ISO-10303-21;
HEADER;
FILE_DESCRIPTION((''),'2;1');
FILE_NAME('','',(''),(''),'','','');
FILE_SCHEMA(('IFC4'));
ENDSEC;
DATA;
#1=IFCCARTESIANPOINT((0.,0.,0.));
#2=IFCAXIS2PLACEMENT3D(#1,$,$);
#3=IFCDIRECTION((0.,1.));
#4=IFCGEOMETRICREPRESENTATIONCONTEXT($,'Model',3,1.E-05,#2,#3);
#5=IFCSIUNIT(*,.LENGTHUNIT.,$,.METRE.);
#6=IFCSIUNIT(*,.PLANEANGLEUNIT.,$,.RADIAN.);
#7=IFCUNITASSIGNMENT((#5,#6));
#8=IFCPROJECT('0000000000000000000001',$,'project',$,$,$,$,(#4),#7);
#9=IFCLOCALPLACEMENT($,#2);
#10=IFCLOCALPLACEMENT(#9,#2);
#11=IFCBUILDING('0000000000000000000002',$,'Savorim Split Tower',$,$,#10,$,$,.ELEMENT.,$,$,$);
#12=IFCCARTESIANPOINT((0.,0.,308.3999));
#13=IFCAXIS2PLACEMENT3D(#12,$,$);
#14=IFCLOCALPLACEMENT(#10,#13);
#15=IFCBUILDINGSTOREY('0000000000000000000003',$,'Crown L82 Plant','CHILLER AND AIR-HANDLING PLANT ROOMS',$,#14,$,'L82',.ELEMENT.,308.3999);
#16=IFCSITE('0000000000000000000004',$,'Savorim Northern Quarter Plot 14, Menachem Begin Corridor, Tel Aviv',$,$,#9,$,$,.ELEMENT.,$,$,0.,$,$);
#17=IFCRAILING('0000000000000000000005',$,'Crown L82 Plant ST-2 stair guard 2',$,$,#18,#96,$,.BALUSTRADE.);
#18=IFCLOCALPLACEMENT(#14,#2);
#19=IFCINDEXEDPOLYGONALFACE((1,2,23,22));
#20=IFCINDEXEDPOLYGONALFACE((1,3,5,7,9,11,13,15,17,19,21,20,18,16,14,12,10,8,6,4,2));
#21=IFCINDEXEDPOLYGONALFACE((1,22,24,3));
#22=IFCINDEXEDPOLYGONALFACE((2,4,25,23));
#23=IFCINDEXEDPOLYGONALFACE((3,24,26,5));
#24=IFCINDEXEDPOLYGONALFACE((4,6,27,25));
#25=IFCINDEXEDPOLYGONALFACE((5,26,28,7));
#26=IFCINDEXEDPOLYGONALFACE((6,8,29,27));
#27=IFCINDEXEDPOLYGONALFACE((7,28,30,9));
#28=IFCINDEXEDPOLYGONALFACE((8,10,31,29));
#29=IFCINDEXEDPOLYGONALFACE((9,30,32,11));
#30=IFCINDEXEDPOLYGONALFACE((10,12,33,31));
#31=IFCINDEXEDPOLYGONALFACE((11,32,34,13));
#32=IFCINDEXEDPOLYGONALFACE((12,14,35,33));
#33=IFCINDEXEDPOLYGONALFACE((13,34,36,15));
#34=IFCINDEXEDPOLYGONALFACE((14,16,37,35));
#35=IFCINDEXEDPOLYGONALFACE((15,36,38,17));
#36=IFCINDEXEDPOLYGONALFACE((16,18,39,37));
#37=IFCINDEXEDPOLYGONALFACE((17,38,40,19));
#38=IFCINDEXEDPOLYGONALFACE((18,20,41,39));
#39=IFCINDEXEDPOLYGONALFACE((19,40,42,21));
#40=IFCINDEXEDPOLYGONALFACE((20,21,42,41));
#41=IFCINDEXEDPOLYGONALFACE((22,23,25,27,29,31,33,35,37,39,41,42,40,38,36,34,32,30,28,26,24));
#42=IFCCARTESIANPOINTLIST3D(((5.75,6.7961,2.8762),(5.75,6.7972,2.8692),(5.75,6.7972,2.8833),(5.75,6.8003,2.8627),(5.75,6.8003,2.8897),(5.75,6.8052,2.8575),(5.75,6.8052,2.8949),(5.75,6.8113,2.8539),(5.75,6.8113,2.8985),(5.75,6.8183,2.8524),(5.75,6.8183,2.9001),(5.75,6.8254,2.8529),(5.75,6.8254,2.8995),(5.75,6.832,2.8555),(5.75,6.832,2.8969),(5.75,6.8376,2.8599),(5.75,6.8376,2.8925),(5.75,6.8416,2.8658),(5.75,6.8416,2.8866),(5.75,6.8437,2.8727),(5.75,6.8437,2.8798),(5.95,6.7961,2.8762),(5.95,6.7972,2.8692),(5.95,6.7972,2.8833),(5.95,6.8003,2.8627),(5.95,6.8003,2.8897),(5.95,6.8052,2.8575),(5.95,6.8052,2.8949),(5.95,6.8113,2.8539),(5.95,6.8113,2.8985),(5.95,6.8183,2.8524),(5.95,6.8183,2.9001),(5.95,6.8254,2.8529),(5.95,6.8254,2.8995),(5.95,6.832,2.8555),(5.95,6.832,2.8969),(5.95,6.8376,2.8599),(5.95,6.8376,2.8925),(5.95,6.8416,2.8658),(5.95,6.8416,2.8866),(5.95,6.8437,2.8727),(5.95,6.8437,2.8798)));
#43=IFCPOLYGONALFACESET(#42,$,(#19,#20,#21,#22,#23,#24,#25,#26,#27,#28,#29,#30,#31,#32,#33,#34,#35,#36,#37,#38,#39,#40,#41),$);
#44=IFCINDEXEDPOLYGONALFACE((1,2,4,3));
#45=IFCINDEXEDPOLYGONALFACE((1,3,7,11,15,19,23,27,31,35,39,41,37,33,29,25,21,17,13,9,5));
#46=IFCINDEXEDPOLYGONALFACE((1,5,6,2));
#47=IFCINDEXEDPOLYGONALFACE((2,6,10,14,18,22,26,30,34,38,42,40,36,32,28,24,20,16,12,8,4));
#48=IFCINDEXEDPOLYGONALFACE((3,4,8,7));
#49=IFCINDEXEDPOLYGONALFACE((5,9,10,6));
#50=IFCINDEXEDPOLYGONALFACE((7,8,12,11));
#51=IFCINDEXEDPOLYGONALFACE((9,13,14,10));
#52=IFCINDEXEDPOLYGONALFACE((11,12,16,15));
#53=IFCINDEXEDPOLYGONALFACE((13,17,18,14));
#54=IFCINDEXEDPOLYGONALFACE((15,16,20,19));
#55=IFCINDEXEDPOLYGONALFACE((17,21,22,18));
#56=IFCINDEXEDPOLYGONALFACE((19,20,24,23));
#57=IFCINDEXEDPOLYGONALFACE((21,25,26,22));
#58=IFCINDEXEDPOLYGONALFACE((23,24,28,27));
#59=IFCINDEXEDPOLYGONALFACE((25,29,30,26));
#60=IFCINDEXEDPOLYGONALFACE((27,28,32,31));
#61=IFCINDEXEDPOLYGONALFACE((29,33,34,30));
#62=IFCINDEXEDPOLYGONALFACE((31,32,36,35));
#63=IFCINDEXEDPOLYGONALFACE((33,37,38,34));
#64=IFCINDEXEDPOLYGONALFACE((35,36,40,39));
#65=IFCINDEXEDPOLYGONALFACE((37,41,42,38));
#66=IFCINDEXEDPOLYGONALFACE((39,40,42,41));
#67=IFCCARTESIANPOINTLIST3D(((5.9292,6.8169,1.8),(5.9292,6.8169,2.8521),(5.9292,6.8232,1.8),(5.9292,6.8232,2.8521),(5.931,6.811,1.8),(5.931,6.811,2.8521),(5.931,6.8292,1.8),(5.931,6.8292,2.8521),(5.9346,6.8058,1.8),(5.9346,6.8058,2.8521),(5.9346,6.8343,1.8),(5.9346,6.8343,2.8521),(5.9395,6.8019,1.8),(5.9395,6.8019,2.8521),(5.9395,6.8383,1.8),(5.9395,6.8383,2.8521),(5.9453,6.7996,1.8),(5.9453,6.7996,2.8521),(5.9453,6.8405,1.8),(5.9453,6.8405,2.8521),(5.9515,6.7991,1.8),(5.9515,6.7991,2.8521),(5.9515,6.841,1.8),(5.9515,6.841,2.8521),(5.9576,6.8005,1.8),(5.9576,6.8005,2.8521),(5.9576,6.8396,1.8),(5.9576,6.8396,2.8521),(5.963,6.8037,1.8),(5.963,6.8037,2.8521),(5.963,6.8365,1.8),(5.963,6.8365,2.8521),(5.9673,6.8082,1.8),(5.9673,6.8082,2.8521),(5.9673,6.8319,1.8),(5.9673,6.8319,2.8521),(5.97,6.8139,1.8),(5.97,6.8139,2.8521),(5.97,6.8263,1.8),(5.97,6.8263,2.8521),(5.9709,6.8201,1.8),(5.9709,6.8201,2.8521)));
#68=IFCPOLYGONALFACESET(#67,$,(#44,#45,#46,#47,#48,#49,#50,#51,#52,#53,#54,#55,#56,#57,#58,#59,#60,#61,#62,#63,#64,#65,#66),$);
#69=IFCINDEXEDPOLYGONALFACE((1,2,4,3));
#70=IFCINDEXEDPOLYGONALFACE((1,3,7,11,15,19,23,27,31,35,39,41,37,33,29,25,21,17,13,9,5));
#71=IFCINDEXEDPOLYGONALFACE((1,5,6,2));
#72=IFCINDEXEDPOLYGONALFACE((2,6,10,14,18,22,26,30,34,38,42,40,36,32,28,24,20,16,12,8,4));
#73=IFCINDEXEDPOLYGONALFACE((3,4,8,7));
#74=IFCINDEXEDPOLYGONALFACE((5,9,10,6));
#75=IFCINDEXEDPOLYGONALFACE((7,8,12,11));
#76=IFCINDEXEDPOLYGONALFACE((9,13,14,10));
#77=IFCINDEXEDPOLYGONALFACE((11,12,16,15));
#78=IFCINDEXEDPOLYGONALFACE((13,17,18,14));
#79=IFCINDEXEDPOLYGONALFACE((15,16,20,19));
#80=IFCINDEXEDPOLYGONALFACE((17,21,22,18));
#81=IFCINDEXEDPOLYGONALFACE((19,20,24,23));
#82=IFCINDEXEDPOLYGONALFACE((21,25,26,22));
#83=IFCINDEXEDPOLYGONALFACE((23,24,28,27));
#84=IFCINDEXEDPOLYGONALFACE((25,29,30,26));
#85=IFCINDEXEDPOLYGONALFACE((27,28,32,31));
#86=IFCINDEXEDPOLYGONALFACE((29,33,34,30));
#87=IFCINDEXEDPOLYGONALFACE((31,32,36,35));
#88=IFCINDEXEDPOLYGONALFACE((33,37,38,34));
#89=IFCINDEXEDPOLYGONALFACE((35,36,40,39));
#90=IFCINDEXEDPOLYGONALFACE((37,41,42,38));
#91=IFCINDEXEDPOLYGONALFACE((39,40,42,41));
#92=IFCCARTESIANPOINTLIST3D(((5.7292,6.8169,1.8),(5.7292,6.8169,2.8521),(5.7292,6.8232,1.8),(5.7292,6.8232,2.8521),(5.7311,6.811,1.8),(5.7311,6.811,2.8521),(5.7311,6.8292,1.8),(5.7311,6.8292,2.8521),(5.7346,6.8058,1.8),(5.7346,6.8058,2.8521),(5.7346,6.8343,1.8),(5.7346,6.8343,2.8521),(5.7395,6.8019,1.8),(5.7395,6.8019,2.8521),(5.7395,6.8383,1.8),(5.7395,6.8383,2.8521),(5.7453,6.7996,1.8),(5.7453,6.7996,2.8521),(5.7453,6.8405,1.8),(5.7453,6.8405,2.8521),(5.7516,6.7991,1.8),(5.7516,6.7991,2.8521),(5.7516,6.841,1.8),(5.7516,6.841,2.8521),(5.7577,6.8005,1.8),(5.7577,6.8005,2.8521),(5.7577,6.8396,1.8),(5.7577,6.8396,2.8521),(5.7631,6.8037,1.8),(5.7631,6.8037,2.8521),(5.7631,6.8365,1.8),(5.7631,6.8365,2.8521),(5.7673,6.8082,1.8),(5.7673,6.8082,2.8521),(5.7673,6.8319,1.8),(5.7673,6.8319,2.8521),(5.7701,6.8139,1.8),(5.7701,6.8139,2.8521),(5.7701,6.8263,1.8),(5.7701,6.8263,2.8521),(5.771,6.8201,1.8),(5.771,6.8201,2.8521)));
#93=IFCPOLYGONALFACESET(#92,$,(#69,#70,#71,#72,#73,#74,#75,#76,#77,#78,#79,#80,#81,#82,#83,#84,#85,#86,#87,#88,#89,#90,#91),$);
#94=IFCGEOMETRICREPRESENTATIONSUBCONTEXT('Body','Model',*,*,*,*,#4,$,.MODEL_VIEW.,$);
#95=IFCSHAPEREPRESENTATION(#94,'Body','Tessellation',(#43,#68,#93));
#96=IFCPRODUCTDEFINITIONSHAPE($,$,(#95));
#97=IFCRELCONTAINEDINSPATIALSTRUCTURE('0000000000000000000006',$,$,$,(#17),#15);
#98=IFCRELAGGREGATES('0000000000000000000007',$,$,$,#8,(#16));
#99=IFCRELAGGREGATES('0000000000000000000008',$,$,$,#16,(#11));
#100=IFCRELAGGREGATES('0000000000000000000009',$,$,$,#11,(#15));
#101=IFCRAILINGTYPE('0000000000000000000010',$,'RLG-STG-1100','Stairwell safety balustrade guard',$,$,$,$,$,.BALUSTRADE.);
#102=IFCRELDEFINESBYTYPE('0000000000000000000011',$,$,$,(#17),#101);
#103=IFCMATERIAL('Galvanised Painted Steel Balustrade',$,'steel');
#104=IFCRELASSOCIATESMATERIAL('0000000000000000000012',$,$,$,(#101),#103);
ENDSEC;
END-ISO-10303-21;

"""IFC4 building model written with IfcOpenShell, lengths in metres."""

from ifc_helpers import new_model, si_unit, direction, frame, origin, origin_2d, place, context, subcontext, project, spatial, circle, extrude, material, type_object, element, save


model = new_model("IFC4")

# Units and contexts
model_context = context("Model", 3, precision=1e-05, world=origin(), true_north=direction((0.0, 1.0)))
body_context = subcontext(model_context, "Body", "Model", "MODEL_VIEW")
ifc_project = project(units=[si_unit("LENGTHUNIT", "METRE"), si_unit("PLANEANGLEUNIT", "RADIAN")], contexts=[model_context])

# Site, building, storey
site_placement = place(None, origin())
site = spatial("IfcSite", under=ifc_project, at=site_placement, Name="Savorim Northern Quarter Plot 14, Menachem Begin Corridor, Tel Aviv", CompositionType="ELEMENT", RefElevation=0.0)
building_placement = place(site_placement, origin())
building = spatial("IfcBuilding", under=site, at=building_placement, Name="Savorim Split Tower", CompositionType="ELEMENT")
storey_placement = place(building_placement, frame((0.0, 0.0, 308.3999)))
storey = spatial("IfcBuildingStorey", under=building, at=storey_placement, Name="Crown L82 Plant", Description="CHILLER AND AIR-HANDLING PLANT ROOMS", LongName="L82", CompositionType="ELEMENT", Elevation=308.3999)

# Railing
ifc_material_1 = material(Name="Galvanised Painted Steel Balustrade", Category="steel")
railing_type_1 = type_object("IfcRailingType", Name="RLG-STG-1100", Description="Stairwell safety balustrade guard", PredefinedType="BALUSTRADE", material=ifc_material_1)
railing_1_placement = place(storey_placement, frame((5.95, 6.8201, 1.8)))
element("IfcRailing", 1, at=railing_1_placement, inside=storey, type_object=railing_type_1, Name="Crown L82 Plant ST-2 stair guard 2", PredefinedType="BALUSTRADE", context=body_context, shape_type="SweptSolid", body=[
    extrude(circle(Radius=0.0239, at=origin_2d()), frame((0.0, 0.0, 1.0762), z_axis=(-1.0, 0.0, 0.0), x_axis=(0.0, -1.0, 0.0)), (0.0, 0.0, 1.0), 0.2),
    extrude(circle(Radius=0.021, at=origin_2d()), origin(), (0.0, 0.0, 1.0), 1.052),
    extrude(circle(Radius=0.021, at=origin_2d()), frame((-0.2, 0.0, 0.0)), (0.0, 0.0, 1.0), 1.052),
])

save(model, "model.ifc")
